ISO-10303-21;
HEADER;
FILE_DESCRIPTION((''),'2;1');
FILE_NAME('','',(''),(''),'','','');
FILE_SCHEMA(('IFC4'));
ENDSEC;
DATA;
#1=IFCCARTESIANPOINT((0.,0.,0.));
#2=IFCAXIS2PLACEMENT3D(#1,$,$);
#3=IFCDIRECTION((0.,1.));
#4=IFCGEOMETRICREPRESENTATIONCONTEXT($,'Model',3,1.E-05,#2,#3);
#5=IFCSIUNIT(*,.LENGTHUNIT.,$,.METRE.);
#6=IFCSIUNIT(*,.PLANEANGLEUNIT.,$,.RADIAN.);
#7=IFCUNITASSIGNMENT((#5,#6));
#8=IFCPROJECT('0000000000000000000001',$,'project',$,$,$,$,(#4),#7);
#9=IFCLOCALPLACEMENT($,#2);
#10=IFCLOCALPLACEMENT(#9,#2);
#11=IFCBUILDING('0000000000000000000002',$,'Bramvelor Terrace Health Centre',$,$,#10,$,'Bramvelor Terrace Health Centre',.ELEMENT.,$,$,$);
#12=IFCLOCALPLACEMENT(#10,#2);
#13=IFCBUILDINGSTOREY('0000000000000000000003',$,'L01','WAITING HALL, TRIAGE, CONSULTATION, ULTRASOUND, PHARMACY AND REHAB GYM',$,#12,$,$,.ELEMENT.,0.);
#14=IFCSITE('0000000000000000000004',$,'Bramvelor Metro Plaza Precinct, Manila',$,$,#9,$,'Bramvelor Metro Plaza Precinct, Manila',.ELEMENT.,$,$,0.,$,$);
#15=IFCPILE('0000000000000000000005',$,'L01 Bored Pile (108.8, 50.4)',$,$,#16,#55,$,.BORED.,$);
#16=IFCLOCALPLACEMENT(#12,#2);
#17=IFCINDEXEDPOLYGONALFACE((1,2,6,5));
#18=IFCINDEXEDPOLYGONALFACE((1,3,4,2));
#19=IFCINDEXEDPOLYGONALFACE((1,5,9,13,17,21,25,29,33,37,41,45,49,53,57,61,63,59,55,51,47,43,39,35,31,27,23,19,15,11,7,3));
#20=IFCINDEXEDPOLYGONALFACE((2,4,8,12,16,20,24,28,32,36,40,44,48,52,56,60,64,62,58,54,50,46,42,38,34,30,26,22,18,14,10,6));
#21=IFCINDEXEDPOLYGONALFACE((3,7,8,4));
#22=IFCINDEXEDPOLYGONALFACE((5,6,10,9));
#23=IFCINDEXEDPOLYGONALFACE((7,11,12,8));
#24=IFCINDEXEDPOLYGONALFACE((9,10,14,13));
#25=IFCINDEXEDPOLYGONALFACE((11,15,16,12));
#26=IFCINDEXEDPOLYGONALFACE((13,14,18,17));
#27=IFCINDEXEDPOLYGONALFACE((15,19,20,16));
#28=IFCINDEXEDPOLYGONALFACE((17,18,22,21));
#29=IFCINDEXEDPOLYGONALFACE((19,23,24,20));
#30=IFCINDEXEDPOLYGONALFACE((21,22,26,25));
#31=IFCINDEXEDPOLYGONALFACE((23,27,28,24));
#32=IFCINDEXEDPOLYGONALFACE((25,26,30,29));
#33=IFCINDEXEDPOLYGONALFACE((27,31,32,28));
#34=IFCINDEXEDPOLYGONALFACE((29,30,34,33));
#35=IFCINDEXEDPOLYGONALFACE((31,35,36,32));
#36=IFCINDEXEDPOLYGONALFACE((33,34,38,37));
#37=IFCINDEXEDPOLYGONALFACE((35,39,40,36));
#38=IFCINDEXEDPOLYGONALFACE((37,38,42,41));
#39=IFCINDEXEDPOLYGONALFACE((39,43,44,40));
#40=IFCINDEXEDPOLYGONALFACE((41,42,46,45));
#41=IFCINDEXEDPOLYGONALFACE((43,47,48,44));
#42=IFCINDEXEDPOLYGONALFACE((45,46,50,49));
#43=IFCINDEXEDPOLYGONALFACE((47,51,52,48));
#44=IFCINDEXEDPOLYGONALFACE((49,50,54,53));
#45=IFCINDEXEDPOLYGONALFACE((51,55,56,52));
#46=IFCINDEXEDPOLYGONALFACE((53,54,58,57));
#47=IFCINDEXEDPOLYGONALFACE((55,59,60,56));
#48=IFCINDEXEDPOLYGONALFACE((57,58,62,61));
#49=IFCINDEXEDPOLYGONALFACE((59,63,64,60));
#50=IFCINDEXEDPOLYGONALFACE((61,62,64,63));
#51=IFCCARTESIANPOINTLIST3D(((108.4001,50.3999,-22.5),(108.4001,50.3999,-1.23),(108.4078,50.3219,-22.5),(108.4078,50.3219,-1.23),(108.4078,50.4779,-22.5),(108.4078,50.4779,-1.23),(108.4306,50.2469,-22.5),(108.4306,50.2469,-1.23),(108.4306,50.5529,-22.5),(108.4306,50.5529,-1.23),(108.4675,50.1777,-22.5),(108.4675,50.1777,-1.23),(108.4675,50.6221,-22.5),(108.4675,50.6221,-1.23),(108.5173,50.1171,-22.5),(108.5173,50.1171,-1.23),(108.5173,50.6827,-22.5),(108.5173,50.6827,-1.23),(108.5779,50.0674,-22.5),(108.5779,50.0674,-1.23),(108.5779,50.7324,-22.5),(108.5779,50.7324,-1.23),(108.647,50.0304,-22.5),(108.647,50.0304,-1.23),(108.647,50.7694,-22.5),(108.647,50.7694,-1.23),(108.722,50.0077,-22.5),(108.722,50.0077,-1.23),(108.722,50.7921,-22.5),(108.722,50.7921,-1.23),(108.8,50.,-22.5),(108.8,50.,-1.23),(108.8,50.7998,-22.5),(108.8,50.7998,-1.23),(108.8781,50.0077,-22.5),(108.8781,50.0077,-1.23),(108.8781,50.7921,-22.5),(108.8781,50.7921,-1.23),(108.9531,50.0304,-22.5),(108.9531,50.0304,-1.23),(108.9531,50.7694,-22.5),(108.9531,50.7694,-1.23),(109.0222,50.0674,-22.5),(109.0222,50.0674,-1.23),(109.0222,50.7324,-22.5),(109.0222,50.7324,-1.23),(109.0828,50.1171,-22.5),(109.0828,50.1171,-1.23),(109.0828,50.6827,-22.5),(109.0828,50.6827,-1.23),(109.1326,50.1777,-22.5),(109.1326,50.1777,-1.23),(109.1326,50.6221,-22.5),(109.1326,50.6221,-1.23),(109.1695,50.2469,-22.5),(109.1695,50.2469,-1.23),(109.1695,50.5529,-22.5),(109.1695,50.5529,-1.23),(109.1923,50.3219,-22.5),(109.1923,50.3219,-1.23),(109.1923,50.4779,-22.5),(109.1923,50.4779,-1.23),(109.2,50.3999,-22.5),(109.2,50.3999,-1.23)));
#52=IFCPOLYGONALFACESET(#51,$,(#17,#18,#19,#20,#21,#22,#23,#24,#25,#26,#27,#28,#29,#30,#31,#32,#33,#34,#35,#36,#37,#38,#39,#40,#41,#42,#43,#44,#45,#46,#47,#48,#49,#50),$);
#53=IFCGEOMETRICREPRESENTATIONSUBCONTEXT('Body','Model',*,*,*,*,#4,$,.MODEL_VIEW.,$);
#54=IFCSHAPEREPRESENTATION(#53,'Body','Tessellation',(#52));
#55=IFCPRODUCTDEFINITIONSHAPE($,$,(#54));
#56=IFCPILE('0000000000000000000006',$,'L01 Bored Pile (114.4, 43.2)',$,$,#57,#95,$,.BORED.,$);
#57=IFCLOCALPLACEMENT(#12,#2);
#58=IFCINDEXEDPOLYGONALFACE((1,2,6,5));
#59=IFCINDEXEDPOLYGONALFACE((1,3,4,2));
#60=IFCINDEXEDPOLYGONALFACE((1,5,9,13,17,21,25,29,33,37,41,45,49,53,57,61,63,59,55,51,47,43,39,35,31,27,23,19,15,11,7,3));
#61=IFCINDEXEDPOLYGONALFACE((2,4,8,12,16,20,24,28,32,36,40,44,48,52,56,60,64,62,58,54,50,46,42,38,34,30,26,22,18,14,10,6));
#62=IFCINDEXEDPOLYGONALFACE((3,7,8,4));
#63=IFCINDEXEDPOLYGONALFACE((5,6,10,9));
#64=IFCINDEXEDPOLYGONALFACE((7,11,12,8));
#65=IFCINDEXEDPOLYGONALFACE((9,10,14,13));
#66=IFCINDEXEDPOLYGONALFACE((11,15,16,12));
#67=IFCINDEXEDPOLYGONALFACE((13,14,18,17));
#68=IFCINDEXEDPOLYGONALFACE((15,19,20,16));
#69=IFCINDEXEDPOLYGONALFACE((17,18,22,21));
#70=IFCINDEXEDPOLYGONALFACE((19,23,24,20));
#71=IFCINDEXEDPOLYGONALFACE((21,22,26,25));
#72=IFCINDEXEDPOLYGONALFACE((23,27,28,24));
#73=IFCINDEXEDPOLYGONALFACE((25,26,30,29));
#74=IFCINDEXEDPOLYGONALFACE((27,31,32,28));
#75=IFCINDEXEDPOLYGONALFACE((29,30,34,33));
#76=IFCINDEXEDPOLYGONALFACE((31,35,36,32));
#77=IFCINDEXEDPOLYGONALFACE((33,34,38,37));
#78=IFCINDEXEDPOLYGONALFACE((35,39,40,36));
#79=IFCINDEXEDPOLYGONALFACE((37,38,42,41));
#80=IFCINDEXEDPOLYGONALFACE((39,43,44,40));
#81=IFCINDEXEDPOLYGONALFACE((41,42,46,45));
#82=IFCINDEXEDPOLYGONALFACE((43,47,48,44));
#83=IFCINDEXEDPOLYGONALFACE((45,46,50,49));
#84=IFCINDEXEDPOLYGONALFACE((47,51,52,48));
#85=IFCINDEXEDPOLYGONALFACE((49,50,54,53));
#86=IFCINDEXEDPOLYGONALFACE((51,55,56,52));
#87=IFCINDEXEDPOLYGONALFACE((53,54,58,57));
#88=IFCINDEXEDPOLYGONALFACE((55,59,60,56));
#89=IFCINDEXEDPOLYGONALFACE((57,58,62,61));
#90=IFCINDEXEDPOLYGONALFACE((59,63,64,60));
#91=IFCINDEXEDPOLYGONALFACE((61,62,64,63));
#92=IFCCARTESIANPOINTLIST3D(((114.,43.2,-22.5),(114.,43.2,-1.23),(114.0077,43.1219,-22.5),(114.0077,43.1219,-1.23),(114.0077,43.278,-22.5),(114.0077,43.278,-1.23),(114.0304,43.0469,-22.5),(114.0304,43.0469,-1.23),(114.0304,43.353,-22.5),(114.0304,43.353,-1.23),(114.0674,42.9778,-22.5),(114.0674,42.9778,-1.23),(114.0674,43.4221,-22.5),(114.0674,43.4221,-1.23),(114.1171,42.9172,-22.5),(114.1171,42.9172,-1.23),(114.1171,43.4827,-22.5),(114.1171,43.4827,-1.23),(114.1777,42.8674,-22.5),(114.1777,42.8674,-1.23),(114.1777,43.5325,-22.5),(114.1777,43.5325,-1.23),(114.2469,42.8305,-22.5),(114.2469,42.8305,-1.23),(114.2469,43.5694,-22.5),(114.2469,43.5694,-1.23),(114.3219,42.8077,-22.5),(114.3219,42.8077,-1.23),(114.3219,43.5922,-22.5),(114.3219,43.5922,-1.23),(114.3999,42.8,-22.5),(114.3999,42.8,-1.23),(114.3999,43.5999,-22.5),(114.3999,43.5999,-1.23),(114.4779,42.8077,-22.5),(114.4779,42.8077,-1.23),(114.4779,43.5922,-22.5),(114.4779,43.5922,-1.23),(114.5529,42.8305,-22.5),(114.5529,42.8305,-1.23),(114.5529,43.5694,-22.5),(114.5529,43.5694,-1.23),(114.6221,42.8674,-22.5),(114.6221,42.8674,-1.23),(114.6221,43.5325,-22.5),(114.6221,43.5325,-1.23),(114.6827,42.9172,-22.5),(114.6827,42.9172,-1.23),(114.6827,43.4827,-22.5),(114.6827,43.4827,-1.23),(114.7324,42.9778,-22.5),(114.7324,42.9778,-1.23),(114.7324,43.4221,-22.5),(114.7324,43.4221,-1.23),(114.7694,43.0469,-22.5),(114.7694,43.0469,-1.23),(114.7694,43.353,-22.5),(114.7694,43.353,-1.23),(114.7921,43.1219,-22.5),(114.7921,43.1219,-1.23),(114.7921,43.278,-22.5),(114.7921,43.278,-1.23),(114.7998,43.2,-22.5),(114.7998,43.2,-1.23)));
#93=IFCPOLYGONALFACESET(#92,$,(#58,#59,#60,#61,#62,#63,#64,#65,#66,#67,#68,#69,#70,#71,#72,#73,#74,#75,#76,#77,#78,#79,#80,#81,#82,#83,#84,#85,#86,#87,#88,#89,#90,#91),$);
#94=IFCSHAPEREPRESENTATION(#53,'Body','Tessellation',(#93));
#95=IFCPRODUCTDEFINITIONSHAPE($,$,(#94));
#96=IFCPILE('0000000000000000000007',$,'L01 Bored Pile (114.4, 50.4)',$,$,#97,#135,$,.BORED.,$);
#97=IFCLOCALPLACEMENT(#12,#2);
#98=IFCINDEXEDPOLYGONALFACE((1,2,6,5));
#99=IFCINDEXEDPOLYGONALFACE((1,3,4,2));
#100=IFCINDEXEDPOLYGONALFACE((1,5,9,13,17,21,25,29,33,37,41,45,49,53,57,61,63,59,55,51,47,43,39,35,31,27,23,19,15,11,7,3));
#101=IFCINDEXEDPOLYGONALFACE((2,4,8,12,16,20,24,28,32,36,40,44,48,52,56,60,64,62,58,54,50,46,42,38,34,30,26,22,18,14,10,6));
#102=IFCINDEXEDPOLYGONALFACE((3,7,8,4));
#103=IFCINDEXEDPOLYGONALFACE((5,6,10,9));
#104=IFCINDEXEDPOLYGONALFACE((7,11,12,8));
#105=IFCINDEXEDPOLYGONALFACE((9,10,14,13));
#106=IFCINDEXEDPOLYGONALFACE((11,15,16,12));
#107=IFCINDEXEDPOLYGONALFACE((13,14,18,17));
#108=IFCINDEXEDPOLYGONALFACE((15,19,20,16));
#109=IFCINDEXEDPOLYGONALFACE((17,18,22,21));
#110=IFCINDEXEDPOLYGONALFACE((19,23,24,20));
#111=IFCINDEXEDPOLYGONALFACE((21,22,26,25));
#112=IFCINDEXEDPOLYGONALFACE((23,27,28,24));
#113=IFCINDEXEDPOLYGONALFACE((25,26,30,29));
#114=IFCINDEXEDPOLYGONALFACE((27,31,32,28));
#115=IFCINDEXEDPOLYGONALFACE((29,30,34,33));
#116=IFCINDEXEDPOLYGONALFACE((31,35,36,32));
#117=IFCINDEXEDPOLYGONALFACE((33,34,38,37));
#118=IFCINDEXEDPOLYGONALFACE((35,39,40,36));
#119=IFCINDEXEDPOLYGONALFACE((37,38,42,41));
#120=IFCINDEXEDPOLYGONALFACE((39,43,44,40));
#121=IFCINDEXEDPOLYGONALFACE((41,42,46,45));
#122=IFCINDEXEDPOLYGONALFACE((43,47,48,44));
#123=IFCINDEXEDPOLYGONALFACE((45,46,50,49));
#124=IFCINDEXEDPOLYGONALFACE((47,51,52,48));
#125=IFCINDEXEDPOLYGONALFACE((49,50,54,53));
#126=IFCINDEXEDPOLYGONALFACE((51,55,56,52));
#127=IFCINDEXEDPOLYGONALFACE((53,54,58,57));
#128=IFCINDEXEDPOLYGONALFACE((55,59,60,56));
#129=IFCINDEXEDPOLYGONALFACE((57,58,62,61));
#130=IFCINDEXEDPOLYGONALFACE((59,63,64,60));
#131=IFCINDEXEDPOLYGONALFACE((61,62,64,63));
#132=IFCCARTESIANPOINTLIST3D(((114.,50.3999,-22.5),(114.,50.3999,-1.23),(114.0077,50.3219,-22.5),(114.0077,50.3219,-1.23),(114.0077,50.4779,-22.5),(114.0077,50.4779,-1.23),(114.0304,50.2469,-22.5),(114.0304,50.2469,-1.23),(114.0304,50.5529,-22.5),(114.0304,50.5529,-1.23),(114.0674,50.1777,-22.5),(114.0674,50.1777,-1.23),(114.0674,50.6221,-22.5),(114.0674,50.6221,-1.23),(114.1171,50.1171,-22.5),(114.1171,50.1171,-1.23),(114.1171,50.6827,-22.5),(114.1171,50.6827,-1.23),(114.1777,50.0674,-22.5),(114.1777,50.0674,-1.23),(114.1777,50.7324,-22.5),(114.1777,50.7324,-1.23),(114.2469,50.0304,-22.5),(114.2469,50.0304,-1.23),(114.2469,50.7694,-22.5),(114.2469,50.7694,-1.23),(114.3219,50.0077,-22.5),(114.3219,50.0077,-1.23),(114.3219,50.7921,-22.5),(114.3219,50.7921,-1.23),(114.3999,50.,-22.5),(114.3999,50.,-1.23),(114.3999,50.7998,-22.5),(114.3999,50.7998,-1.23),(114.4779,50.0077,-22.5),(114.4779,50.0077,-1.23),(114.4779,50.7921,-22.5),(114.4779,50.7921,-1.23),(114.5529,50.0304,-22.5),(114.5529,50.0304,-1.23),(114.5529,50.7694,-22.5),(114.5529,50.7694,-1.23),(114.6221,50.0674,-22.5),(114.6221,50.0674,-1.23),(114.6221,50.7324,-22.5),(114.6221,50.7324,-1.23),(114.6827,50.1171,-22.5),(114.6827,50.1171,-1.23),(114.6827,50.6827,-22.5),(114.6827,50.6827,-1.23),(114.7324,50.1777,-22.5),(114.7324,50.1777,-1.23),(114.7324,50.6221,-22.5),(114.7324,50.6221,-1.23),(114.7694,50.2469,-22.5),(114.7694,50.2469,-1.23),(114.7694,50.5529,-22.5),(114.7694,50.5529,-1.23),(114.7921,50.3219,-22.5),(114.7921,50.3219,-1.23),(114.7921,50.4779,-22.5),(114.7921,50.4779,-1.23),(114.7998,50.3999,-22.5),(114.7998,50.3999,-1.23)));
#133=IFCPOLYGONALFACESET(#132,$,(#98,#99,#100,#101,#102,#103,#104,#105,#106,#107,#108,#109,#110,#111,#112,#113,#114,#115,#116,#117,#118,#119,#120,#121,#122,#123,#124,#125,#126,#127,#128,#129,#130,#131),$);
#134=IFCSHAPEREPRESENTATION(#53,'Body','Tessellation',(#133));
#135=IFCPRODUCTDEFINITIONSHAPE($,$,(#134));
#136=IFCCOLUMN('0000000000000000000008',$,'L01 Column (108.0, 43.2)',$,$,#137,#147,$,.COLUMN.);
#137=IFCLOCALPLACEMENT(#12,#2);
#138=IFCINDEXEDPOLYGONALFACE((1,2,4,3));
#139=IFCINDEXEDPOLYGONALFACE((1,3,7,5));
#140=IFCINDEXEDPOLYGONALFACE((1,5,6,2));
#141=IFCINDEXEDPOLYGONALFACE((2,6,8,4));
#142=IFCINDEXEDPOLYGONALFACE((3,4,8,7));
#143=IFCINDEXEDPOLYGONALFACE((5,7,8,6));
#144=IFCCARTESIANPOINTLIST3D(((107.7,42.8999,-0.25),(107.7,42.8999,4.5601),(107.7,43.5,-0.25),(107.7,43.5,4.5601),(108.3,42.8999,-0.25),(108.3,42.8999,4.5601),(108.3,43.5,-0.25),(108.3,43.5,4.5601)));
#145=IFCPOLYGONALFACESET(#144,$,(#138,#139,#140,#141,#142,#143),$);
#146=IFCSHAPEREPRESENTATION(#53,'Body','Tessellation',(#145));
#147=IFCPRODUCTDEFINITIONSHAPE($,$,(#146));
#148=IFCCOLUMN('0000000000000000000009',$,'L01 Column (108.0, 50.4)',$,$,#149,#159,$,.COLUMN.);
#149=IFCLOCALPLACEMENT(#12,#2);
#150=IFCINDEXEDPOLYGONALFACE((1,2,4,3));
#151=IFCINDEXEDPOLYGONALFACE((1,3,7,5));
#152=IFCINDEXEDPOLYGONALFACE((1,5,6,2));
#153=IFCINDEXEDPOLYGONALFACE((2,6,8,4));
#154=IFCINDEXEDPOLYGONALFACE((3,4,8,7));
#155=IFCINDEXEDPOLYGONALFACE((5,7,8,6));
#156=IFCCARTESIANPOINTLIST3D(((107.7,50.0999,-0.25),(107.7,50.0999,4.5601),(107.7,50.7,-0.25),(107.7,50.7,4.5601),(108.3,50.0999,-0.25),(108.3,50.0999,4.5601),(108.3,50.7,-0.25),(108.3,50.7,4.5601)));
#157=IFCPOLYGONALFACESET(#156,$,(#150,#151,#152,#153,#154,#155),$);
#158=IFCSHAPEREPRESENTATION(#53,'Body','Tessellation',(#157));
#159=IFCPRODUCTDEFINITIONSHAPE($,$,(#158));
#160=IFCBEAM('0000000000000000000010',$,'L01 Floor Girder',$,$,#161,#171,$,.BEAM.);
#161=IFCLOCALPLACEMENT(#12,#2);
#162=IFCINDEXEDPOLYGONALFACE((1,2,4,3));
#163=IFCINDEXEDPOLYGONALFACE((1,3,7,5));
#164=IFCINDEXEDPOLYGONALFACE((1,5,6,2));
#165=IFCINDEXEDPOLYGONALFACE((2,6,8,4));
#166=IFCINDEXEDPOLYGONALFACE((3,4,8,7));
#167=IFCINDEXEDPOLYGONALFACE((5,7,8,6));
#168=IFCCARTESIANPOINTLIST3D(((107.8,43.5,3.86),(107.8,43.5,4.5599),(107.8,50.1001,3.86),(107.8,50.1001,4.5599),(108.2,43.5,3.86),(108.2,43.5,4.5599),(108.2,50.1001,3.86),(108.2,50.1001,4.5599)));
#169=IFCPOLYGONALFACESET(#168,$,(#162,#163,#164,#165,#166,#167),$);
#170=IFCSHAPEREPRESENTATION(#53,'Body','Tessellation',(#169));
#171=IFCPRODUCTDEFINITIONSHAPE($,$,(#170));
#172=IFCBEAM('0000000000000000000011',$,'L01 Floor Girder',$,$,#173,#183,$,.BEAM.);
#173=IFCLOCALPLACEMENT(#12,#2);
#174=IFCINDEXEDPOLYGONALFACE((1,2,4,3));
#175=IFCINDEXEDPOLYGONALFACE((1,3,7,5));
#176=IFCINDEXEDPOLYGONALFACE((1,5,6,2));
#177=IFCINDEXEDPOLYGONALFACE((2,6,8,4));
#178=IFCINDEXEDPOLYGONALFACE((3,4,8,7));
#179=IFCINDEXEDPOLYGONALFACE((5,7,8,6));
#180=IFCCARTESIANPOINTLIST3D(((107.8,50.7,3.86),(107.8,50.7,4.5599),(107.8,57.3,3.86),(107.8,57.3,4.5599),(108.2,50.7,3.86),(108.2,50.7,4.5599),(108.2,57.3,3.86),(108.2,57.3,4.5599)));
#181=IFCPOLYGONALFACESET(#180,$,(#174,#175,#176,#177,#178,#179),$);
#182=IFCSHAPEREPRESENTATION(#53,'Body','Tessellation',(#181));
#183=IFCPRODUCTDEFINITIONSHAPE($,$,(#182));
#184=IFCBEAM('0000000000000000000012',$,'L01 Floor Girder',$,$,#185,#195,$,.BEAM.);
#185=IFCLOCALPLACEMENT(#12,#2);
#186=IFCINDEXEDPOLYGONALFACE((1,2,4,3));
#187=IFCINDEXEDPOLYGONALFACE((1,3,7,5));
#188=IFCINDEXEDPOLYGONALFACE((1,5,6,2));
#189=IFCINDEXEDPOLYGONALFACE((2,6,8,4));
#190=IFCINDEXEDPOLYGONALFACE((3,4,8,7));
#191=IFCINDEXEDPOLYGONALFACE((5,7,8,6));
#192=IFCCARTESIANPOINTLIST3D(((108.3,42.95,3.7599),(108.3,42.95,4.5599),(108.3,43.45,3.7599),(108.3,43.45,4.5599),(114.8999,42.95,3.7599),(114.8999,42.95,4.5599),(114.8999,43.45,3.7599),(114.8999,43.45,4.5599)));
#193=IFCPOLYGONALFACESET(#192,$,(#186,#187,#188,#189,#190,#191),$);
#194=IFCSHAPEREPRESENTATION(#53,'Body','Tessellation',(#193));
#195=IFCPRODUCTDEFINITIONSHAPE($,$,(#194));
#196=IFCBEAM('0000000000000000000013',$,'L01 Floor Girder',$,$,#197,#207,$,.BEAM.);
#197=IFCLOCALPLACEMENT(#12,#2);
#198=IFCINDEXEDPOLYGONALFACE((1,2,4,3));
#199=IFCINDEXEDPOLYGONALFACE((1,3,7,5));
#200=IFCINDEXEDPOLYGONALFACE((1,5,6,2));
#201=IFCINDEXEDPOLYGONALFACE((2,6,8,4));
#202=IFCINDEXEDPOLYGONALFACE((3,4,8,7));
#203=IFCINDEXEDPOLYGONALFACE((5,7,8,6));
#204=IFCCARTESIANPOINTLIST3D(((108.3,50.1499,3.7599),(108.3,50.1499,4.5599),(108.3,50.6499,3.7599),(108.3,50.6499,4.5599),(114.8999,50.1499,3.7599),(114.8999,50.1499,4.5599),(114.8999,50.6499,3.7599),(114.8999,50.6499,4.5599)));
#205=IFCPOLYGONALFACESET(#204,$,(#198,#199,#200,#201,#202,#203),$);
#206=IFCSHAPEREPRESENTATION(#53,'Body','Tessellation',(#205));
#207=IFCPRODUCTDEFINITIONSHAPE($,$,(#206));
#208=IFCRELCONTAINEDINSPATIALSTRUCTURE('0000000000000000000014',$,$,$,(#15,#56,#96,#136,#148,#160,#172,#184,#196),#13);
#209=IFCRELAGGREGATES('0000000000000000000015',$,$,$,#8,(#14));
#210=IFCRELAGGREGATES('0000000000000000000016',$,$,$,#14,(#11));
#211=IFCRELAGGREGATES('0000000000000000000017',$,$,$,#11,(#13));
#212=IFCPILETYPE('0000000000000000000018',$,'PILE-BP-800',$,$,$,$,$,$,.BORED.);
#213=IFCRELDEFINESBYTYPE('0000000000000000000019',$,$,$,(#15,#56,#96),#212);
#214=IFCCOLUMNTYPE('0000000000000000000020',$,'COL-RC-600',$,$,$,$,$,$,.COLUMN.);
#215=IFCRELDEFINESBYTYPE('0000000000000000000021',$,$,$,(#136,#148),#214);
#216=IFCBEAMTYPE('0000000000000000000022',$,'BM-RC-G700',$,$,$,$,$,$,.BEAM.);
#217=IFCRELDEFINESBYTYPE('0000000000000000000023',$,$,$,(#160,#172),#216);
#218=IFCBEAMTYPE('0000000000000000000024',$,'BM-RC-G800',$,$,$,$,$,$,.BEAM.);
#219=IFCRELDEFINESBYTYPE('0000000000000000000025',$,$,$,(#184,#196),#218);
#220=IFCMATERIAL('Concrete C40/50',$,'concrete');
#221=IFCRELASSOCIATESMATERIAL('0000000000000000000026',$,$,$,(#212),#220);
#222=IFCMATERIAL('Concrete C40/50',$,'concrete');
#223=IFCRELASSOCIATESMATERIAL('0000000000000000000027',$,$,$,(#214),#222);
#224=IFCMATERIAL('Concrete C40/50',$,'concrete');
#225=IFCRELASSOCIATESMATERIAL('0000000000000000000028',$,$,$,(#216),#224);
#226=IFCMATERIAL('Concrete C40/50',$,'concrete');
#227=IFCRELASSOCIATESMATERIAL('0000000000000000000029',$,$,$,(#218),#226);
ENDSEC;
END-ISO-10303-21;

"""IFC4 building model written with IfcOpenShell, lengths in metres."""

from ifc_helpers import new_model, si_unit, direction, frame, origin, origin_2d, place, context, subcontext, project, spatial, rectangle, circle, extrude, material, material_profile, profile_set, type_object, element, save


model = new_model("IFC4")

# Units and contexts
model_context = context("Model", 3, precision=1e-05, world=origin(), true_north=direction((0.0, 1.0)))
body_context = subcontext(model_context, "Body", "Model", "MODEL_VIEW")
ifc_project = project(units=[si_unit("LENGTHUNIT", "METRE"), si_unit("PLANEANGLEUNIT", "RADIAN")], contexts=[model_context])

# Site, building, storey
site_placement = place(None, origin())
site = spatial("IfcSite", under=ifc_project, at=site_placement, Name="Bramvelor Metro Plaza Precinct, Manila", LongName="Bramvelor Metro Plaza Precinct, Manila", CompositionType="ELEMENT", RefElevation=0.0)
building_placement = place(site_placement, origin())
building = spatial("IfcBuilding", under=site, at=building_placement, Name="Bramvelor Terrace Health Centre", LongName="Bramvelor Terrace Health Centre", CompositionType="ELEMENT")
storey_placement = place(building_placement, origin())
storey = spatial("IfcBuildingStorey", under=building, at=storey_placement, Name="L01", Description="WAITING HALL, TRIAGE, CONSULTATION, ULTRASOUND, PHARMACY AND REHAB GYM", CompositionType="ELEMENT", Elevation=0.0)

# Piles
ifc_material_1 = material(Name="Concrete C40/50", Category="concrete")
ifc_material_profile_1 = material_profile(ifc_material_1, circle(Radius=0.3999, at=origin_2d()), Name="BP D800")
ifc_profile_set_1 = profile_set([ifc_material_profile_1], Name="Concrete C40/50")
pile_type = type_object("IfcPileType", Name="PILE-BP-800", PredefinedType="BORED", material=ifc_profile_set_1)
for number, where, z_axis, x_axis, name in (
    (1, (108.8, 50.3999, -1.23), (0.0, 0.0, -1.0), (1.0, 0.0, 0.0), "L01 Bored Pile (108.8, 50.4)"),
    (2, (114.3999, 43.2, -1.23), (0.0, 0.0, -1.0), (1.0, 0.0, 0.0), "L01 Bored Pile (114.4, 43.2)"),
    (3, (114.3999, 50.3999, -1.23), (0.0, 0.0, -1.0), (1.0, 0.0, 0.0), "L01 Bored Pile (114.4, 50.4)"),
):
    element("IfcPile", number, at=place(storey_placement, frame(where, z_axis=z_axis, x_axis=x_axis)), inside=storey, type_object=pile_type, Name=name, PredefinedType="BORED", context=body_context, shape_type="SweptSolid", body=[
        extrude(circle(Radius=0.3999, at=origin_2d()), origin(), (0.0, 0.0, 1.0), 21.27),
    ])

# Columns
ifc_material_2 = material(Name="Concrete C40/50", Category="concrete")
ifc_material_profile_2 = material_profile(ifc_material_2, rectangle(XDim=0.6001, YDim=0.6001, at=origin_2d()), Name="RC 600x600")
ifc_profile_set_2 = profile_set([ifc_material_profile_2], Name="Concrete C40/50")
column_type = type_object("IfcColumnType", Name="COL-RC-600", PredefinedType="COLUMN", material=ifc_profile_set_2)
for number, where, z_axis, x_axis, name in (
    (4, (108.0, 43.2, -0.25), (0.0, 0.0, 1.0), (1.0, 0.0, 0.0), "L01 Column (108.0, 43.2)"),
    (5, (108.0, 50.3999, -0.25), (0.0, 0.0, 1.0), (1.0, 0.0, 0.0), "L01 Column (108.0, 50.4)"),
):
    element("IfcColumn", number, at=place(storey_placement, frame(where, z_axis=z_axis, x_axis=x_axis)), inside=storey, type_object=column_type, Name=name, PredefinedType="COLUMN", context=body_context, shape_type="SweptSolid", body=[
        extrude(rectangle(XDim=0.6001, YDim=0.6001, at=origin_2d()), origin(), (0.0, 0.0, 1.0), 4.8101),
    ])

# Beams
ifc_material_3 = material(Name="Concrete C40/50", Category="concrete")
ifc_material_profile_3 = material_profile(ifc_material_3, rectangle(XDim=0.3999, YDim=0.7, at=origin_2d()), Name="RC 400x700")
ifc_profile_set_3 = profile_set([ifc_material_profile_3], Name="Concrete C40/50")
beam_type_1 = type_object("IfcBeamType", Name="BM-RC-G700", PredefinedType="BEAM", material=ifc_profile_set_3)
for number, where, z_axis, x_axis, name in (
    (6, (108.0, 43.5, 4.21), (0.0, 1.0, 0.0), (-1.0, 0.0, 0.0), "L01 Floor Girder"),
    (7, (108.0, 50.7, 4.21), (0.0, 1.0, 0.0), (-1.0, 0.0, 0.0), "L01 Floor Girder"),
):
    element("IfcBeam", number, at=place(storey_placement, frame(where, z_axis=z_axis, x_axis=x_axis)), inside=storey, type_object=beam_type_1, Name=name, PredefinedType="BEAM", context=body_context, shape_type="SweptSolid", body=[
        extrude(rectangle(XDim=0.3999, YDim=0.7, at=origin_2d()), origin(), (0.0, 0.0, 1.0), 6.6001),
    ])
ifc_material_4 = material(Name="Concrete C40/50", Category="concrete")
ifc_material_profile_4 = material_profile(ifc_material_4, rectangle(XDim=0.5, YDim=0.8, at=origin_2d()), Name="RC 500x800")
ifc_profile_set_4 = profile_set([ifc_material_profile_4], Name="Concrete C40/50")
beam_type_2 = type_object("IfcBeamType", Name="BM-RC-G800", PredefinedType="BEAM", material=ifc_profile_set_4)
for number, where, z_axis, x_axis, name in (
    (8, (108.3, 43.2, 4.1599), (1.0, 0.0, 0.0), (0.0, 1.0, 0.0), "L01 Floor Girder"),
    (9, (108.3, 50.3999, 4.1599), (1.0, 0.0, 0.0), (0.0, 1.0, 0.0), "L01 Floor Girder"),
):
    element("IfcBeam", number, at=place(storey_placement, frame(where, z_axis=z_axis, x_axis=x_axis)), inside=storey, type_object=beam_type_2, Name=name, PredefinedType="BEAM", context=body_context, shape_type="SweptSolid", body=[
        extrude(rectangle(XDim=0.5, YDim=0.8, at=origin_2d()), origin(), (0.0, 0.0, 1.0), 6.5999),
    ])

save(model, "model.ifc")
